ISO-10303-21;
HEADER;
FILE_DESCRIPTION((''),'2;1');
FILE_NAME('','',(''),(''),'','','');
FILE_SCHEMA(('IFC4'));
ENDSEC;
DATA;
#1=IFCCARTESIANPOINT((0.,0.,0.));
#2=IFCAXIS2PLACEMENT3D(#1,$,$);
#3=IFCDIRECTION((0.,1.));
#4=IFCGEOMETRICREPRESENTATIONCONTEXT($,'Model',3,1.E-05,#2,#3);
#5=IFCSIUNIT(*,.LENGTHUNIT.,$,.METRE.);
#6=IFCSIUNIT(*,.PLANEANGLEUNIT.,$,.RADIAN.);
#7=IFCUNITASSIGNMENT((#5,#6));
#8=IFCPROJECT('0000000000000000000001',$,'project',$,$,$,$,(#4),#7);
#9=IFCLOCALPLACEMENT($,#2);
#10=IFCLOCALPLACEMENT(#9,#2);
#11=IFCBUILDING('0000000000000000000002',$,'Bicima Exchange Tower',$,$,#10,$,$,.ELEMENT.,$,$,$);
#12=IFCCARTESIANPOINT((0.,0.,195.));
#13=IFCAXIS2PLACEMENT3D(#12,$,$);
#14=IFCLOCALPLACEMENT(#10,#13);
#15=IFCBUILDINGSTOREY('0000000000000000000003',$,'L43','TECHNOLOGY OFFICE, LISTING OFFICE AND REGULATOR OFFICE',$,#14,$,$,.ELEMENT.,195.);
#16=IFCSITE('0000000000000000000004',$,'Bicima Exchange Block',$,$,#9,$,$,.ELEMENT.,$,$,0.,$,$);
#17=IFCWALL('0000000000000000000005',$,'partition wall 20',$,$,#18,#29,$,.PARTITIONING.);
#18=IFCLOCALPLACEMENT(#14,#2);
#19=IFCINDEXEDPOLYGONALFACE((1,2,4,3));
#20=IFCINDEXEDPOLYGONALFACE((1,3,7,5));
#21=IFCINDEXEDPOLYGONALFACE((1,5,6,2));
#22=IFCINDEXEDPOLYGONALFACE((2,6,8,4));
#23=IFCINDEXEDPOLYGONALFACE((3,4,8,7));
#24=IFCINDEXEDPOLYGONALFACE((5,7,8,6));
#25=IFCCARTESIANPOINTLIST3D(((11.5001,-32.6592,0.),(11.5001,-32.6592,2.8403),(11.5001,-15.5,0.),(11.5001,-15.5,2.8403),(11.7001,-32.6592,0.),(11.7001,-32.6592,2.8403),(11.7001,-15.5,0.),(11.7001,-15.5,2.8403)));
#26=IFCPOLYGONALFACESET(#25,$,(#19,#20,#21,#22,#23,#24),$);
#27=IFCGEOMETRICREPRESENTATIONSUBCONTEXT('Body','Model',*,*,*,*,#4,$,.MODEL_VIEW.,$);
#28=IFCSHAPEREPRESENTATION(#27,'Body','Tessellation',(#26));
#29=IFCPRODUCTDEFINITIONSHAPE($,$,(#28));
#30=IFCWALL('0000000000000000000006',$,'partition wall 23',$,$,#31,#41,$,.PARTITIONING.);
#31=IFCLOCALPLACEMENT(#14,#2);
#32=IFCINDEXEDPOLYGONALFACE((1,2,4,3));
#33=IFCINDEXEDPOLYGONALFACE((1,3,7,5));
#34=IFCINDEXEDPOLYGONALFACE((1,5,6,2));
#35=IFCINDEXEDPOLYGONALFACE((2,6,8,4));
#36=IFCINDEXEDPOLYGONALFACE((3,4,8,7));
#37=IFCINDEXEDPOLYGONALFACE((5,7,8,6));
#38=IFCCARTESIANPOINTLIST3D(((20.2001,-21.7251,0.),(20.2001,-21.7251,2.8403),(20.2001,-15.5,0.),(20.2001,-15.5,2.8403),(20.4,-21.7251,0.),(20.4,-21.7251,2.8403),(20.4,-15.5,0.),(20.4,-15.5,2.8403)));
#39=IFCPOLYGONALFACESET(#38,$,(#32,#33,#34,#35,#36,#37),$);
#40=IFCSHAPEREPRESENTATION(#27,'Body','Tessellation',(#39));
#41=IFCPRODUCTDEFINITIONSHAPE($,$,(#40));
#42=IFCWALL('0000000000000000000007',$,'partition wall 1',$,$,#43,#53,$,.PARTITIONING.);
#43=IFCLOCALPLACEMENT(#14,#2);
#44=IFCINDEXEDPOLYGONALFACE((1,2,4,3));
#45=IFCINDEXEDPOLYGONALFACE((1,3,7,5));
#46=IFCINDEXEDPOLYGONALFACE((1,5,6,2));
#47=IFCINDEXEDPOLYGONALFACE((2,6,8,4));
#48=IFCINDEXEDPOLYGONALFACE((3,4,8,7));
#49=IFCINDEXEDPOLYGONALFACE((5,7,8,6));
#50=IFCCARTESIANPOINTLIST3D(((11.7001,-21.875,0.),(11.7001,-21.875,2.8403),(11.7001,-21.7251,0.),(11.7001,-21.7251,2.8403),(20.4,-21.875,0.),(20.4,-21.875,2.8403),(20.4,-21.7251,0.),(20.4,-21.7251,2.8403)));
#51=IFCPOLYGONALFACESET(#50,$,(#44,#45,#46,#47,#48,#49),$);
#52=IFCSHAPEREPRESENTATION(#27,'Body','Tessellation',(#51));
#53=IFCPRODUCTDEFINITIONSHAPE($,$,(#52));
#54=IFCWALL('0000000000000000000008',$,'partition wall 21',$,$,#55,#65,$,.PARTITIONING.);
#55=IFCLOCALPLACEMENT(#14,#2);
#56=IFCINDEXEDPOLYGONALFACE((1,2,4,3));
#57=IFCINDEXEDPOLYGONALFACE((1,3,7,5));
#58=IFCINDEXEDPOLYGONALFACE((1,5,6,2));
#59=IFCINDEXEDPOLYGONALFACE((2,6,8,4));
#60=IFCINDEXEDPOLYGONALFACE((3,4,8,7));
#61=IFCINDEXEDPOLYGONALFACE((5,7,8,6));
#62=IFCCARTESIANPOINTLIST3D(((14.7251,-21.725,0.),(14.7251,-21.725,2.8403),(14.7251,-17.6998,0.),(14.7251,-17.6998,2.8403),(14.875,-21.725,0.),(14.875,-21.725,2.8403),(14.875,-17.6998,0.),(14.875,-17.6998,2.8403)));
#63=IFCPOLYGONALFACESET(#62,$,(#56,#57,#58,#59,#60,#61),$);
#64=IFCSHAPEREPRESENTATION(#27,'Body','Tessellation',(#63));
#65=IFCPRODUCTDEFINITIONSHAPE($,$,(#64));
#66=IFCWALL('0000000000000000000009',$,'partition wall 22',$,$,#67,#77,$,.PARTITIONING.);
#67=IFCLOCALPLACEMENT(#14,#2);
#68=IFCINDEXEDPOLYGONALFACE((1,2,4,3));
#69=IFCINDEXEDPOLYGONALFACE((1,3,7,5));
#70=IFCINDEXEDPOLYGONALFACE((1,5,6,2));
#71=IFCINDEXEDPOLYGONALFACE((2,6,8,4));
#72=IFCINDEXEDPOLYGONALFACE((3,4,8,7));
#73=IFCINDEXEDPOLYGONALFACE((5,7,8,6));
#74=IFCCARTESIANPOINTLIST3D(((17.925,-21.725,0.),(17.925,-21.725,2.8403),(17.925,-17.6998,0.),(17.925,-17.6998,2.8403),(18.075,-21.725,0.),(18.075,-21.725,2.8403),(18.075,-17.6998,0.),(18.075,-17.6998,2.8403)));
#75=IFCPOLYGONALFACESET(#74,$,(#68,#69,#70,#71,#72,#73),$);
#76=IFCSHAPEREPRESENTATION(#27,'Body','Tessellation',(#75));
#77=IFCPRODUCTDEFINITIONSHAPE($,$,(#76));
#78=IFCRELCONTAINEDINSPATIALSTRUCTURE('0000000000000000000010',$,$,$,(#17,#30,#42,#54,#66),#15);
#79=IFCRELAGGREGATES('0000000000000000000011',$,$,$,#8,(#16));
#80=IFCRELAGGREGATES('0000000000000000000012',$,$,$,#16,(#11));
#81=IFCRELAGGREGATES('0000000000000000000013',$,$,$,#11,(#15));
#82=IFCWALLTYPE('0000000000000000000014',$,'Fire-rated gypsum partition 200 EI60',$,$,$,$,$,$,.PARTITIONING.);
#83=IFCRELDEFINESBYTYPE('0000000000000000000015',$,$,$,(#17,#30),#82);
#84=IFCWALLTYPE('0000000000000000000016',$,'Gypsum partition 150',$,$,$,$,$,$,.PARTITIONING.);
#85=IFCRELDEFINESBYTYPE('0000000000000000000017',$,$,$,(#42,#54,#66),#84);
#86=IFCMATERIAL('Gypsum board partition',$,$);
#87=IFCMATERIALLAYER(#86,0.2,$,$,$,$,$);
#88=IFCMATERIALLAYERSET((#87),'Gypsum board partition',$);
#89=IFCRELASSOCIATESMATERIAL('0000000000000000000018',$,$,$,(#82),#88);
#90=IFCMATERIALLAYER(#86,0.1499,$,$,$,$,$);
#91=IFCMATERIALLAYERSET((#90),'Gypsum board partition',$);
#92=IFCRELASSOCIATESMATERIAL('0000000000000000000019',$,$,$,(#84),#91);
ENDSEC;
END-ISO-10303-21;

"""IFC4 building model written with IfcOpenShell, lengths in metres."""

from ifc_helpers import new_model, si_unit, direction, frame, frame_2d, origin, place, context, subcontext, project, spatial, rectangle, extrude, material, layer, layer_set, type_object, element, save


model = new_model("IFC4")

# Units and contexts
model_context = context("Model", 3, precision=1e-05, world=origin(), true_north=direction((0.0, 1.0)))
body_context = subcontext(model_context, "Body", "Model", "MODEL_VIEW")
ifc_project = project(units=[si_unit("LENGTHUNIT", "METRE"), si_unit("PLANEANGLEUNIT", "RADIAN")], contexts=[model_context])

# Site, building, storey
site_placement = place(None, origin())
site = spatial("IfcSite", under=ifc_project, at=site_placement, Name="Bicima Exchange Block", CompositionType="ELEMENT", RefElevation=0.0)
building_placement = place(site_placement, origin())
building = spatial("IfcBuilding", under=site, at=building_placement, Name="Bicima Exchange Tower", CompositionType="ELEMENT")
storey_placement = place(building_placement, frame((0.0, 0.0, 195.0)))
storey = spatial("IfcBuildingStorey", under=building, at=storey_placement, Name="L43", Description="TECHNOLOGY OFFICE, LISTING OFFICE AND REGULATOR OFFICE", CompositionType="ELEMENT", Elevation=195.0)

# Shared definitions
ifc_material_1 = material(Name="Gypsum board partition")
ifc_layer_1 = layer(ifc_material_1, 0.2)
ifc_layer_set_1 = layer_set([ifc_layer_1], Name="Gypsum board partition")
wall_type_1 = type_object("IfcWallType", Name="Fire-rated gypsum partition 200 EI60", PredefinedType="PARTITIONING", material=ifc_layer_set_1)

# Walls
wall_1_placement = place(storey_placement, frame((11.6001, -32.6592, 0.0), z_axis=(0.0, 0.0, 1.0), x_axis=(0.0, 1.0, 0.0)))
element("IfcWall", 1, at=wall_1_placement, inside=storey, type_object=wall_type_1, Name="partition wall 20", PredefinedType="PARTITIONING", context=body_context, shape_type="SweptSolid", body=[
    extrude(rectangle(XDim=17.1592, YDim=0.2, at=frame_2d((8.5796, 0.0))), origin(), (0.0, 0.0, 1.0), 2.8403),
])
wall_2_placement = place(storey_placement, frame((20.3, -21.7251, 0.0), z_axis=(0.0, 0.0, 1.0), x_axis=(0.0, 1.0, 0.0)))
element("IfcWall", 2, at=wall_2_placement, inside=storey, type_object=wall_type_1, Name="partition wall 23", PredefinedType="PARTITIONING", context=body_context, shape_type="SweptSolid", body=[
    extrude(rectangle(XDim=6.2251, YDim=0.2, at=frame_2d((3.1125, 0.0))), origin(), (0.0, 0.0, 1.0), 2.8403),
])
ifc_layer_2 = layer(ifc_material_1, 0.1499)
ifc_layer_set_2 = layer_set([ifc_layer_2], Name="Gypsum board partition")
wall_type_2 = type_object("IfcWallType", Name="Gypsum partition 150", PredefinedType="PARTITIONING", material=ifc_layer_set_2)
wall_3_placement = place(storey_placement, frame((11.7, -21.8, 0.0), z_axis=(0.0, 0.0, 1.0), x_axis=(1.0, 0.0, 0.0)))
element("IfcWall", 3, at=wall_3_placement, inside=storey, type_object=wall_type_2, Name="partition wall 1", PredefinedType="PARTITIONING", context=body_context, shape_type="SweptSolid", body=[
    extrude(rectangle(XDim=8.7, YDim=0.1499, at=frame_2d((4.3501, 0.0))), origin(), (0.0, 0.0, 1.0), 2.8403),
])
for number, where, z_axis, x_axis, name in (
    (4, (14.8, -21.7251, 0.0), (0.0, 0.0, 1.0), (0.0, 1.0, 0.0), "partition wall 21"),
    (5, (18.0, -21.7251, 0.0), (0.0, 0.0, 1.0), (0.0, 1.0, 0.0), "partition wall 22"),
):
    element("IfcWall", number, at=place(storey_placement, frame(where, z_axis=z_axis, x_axis=x_axis)), inside=storey, type_object=wall_type_2, Name=name, PredefinedType="PARTITIONING", context=body_context, shape_type="SweptSolid", body=[
        extrude(rectangle(XDim=4.0251, YDim=0.1499, at=frame_2d((2.0127, 0.0))), origin(), (0.0, 0.0, 1.0), 2.8403),
    ])

save(model, "model.ifc")
